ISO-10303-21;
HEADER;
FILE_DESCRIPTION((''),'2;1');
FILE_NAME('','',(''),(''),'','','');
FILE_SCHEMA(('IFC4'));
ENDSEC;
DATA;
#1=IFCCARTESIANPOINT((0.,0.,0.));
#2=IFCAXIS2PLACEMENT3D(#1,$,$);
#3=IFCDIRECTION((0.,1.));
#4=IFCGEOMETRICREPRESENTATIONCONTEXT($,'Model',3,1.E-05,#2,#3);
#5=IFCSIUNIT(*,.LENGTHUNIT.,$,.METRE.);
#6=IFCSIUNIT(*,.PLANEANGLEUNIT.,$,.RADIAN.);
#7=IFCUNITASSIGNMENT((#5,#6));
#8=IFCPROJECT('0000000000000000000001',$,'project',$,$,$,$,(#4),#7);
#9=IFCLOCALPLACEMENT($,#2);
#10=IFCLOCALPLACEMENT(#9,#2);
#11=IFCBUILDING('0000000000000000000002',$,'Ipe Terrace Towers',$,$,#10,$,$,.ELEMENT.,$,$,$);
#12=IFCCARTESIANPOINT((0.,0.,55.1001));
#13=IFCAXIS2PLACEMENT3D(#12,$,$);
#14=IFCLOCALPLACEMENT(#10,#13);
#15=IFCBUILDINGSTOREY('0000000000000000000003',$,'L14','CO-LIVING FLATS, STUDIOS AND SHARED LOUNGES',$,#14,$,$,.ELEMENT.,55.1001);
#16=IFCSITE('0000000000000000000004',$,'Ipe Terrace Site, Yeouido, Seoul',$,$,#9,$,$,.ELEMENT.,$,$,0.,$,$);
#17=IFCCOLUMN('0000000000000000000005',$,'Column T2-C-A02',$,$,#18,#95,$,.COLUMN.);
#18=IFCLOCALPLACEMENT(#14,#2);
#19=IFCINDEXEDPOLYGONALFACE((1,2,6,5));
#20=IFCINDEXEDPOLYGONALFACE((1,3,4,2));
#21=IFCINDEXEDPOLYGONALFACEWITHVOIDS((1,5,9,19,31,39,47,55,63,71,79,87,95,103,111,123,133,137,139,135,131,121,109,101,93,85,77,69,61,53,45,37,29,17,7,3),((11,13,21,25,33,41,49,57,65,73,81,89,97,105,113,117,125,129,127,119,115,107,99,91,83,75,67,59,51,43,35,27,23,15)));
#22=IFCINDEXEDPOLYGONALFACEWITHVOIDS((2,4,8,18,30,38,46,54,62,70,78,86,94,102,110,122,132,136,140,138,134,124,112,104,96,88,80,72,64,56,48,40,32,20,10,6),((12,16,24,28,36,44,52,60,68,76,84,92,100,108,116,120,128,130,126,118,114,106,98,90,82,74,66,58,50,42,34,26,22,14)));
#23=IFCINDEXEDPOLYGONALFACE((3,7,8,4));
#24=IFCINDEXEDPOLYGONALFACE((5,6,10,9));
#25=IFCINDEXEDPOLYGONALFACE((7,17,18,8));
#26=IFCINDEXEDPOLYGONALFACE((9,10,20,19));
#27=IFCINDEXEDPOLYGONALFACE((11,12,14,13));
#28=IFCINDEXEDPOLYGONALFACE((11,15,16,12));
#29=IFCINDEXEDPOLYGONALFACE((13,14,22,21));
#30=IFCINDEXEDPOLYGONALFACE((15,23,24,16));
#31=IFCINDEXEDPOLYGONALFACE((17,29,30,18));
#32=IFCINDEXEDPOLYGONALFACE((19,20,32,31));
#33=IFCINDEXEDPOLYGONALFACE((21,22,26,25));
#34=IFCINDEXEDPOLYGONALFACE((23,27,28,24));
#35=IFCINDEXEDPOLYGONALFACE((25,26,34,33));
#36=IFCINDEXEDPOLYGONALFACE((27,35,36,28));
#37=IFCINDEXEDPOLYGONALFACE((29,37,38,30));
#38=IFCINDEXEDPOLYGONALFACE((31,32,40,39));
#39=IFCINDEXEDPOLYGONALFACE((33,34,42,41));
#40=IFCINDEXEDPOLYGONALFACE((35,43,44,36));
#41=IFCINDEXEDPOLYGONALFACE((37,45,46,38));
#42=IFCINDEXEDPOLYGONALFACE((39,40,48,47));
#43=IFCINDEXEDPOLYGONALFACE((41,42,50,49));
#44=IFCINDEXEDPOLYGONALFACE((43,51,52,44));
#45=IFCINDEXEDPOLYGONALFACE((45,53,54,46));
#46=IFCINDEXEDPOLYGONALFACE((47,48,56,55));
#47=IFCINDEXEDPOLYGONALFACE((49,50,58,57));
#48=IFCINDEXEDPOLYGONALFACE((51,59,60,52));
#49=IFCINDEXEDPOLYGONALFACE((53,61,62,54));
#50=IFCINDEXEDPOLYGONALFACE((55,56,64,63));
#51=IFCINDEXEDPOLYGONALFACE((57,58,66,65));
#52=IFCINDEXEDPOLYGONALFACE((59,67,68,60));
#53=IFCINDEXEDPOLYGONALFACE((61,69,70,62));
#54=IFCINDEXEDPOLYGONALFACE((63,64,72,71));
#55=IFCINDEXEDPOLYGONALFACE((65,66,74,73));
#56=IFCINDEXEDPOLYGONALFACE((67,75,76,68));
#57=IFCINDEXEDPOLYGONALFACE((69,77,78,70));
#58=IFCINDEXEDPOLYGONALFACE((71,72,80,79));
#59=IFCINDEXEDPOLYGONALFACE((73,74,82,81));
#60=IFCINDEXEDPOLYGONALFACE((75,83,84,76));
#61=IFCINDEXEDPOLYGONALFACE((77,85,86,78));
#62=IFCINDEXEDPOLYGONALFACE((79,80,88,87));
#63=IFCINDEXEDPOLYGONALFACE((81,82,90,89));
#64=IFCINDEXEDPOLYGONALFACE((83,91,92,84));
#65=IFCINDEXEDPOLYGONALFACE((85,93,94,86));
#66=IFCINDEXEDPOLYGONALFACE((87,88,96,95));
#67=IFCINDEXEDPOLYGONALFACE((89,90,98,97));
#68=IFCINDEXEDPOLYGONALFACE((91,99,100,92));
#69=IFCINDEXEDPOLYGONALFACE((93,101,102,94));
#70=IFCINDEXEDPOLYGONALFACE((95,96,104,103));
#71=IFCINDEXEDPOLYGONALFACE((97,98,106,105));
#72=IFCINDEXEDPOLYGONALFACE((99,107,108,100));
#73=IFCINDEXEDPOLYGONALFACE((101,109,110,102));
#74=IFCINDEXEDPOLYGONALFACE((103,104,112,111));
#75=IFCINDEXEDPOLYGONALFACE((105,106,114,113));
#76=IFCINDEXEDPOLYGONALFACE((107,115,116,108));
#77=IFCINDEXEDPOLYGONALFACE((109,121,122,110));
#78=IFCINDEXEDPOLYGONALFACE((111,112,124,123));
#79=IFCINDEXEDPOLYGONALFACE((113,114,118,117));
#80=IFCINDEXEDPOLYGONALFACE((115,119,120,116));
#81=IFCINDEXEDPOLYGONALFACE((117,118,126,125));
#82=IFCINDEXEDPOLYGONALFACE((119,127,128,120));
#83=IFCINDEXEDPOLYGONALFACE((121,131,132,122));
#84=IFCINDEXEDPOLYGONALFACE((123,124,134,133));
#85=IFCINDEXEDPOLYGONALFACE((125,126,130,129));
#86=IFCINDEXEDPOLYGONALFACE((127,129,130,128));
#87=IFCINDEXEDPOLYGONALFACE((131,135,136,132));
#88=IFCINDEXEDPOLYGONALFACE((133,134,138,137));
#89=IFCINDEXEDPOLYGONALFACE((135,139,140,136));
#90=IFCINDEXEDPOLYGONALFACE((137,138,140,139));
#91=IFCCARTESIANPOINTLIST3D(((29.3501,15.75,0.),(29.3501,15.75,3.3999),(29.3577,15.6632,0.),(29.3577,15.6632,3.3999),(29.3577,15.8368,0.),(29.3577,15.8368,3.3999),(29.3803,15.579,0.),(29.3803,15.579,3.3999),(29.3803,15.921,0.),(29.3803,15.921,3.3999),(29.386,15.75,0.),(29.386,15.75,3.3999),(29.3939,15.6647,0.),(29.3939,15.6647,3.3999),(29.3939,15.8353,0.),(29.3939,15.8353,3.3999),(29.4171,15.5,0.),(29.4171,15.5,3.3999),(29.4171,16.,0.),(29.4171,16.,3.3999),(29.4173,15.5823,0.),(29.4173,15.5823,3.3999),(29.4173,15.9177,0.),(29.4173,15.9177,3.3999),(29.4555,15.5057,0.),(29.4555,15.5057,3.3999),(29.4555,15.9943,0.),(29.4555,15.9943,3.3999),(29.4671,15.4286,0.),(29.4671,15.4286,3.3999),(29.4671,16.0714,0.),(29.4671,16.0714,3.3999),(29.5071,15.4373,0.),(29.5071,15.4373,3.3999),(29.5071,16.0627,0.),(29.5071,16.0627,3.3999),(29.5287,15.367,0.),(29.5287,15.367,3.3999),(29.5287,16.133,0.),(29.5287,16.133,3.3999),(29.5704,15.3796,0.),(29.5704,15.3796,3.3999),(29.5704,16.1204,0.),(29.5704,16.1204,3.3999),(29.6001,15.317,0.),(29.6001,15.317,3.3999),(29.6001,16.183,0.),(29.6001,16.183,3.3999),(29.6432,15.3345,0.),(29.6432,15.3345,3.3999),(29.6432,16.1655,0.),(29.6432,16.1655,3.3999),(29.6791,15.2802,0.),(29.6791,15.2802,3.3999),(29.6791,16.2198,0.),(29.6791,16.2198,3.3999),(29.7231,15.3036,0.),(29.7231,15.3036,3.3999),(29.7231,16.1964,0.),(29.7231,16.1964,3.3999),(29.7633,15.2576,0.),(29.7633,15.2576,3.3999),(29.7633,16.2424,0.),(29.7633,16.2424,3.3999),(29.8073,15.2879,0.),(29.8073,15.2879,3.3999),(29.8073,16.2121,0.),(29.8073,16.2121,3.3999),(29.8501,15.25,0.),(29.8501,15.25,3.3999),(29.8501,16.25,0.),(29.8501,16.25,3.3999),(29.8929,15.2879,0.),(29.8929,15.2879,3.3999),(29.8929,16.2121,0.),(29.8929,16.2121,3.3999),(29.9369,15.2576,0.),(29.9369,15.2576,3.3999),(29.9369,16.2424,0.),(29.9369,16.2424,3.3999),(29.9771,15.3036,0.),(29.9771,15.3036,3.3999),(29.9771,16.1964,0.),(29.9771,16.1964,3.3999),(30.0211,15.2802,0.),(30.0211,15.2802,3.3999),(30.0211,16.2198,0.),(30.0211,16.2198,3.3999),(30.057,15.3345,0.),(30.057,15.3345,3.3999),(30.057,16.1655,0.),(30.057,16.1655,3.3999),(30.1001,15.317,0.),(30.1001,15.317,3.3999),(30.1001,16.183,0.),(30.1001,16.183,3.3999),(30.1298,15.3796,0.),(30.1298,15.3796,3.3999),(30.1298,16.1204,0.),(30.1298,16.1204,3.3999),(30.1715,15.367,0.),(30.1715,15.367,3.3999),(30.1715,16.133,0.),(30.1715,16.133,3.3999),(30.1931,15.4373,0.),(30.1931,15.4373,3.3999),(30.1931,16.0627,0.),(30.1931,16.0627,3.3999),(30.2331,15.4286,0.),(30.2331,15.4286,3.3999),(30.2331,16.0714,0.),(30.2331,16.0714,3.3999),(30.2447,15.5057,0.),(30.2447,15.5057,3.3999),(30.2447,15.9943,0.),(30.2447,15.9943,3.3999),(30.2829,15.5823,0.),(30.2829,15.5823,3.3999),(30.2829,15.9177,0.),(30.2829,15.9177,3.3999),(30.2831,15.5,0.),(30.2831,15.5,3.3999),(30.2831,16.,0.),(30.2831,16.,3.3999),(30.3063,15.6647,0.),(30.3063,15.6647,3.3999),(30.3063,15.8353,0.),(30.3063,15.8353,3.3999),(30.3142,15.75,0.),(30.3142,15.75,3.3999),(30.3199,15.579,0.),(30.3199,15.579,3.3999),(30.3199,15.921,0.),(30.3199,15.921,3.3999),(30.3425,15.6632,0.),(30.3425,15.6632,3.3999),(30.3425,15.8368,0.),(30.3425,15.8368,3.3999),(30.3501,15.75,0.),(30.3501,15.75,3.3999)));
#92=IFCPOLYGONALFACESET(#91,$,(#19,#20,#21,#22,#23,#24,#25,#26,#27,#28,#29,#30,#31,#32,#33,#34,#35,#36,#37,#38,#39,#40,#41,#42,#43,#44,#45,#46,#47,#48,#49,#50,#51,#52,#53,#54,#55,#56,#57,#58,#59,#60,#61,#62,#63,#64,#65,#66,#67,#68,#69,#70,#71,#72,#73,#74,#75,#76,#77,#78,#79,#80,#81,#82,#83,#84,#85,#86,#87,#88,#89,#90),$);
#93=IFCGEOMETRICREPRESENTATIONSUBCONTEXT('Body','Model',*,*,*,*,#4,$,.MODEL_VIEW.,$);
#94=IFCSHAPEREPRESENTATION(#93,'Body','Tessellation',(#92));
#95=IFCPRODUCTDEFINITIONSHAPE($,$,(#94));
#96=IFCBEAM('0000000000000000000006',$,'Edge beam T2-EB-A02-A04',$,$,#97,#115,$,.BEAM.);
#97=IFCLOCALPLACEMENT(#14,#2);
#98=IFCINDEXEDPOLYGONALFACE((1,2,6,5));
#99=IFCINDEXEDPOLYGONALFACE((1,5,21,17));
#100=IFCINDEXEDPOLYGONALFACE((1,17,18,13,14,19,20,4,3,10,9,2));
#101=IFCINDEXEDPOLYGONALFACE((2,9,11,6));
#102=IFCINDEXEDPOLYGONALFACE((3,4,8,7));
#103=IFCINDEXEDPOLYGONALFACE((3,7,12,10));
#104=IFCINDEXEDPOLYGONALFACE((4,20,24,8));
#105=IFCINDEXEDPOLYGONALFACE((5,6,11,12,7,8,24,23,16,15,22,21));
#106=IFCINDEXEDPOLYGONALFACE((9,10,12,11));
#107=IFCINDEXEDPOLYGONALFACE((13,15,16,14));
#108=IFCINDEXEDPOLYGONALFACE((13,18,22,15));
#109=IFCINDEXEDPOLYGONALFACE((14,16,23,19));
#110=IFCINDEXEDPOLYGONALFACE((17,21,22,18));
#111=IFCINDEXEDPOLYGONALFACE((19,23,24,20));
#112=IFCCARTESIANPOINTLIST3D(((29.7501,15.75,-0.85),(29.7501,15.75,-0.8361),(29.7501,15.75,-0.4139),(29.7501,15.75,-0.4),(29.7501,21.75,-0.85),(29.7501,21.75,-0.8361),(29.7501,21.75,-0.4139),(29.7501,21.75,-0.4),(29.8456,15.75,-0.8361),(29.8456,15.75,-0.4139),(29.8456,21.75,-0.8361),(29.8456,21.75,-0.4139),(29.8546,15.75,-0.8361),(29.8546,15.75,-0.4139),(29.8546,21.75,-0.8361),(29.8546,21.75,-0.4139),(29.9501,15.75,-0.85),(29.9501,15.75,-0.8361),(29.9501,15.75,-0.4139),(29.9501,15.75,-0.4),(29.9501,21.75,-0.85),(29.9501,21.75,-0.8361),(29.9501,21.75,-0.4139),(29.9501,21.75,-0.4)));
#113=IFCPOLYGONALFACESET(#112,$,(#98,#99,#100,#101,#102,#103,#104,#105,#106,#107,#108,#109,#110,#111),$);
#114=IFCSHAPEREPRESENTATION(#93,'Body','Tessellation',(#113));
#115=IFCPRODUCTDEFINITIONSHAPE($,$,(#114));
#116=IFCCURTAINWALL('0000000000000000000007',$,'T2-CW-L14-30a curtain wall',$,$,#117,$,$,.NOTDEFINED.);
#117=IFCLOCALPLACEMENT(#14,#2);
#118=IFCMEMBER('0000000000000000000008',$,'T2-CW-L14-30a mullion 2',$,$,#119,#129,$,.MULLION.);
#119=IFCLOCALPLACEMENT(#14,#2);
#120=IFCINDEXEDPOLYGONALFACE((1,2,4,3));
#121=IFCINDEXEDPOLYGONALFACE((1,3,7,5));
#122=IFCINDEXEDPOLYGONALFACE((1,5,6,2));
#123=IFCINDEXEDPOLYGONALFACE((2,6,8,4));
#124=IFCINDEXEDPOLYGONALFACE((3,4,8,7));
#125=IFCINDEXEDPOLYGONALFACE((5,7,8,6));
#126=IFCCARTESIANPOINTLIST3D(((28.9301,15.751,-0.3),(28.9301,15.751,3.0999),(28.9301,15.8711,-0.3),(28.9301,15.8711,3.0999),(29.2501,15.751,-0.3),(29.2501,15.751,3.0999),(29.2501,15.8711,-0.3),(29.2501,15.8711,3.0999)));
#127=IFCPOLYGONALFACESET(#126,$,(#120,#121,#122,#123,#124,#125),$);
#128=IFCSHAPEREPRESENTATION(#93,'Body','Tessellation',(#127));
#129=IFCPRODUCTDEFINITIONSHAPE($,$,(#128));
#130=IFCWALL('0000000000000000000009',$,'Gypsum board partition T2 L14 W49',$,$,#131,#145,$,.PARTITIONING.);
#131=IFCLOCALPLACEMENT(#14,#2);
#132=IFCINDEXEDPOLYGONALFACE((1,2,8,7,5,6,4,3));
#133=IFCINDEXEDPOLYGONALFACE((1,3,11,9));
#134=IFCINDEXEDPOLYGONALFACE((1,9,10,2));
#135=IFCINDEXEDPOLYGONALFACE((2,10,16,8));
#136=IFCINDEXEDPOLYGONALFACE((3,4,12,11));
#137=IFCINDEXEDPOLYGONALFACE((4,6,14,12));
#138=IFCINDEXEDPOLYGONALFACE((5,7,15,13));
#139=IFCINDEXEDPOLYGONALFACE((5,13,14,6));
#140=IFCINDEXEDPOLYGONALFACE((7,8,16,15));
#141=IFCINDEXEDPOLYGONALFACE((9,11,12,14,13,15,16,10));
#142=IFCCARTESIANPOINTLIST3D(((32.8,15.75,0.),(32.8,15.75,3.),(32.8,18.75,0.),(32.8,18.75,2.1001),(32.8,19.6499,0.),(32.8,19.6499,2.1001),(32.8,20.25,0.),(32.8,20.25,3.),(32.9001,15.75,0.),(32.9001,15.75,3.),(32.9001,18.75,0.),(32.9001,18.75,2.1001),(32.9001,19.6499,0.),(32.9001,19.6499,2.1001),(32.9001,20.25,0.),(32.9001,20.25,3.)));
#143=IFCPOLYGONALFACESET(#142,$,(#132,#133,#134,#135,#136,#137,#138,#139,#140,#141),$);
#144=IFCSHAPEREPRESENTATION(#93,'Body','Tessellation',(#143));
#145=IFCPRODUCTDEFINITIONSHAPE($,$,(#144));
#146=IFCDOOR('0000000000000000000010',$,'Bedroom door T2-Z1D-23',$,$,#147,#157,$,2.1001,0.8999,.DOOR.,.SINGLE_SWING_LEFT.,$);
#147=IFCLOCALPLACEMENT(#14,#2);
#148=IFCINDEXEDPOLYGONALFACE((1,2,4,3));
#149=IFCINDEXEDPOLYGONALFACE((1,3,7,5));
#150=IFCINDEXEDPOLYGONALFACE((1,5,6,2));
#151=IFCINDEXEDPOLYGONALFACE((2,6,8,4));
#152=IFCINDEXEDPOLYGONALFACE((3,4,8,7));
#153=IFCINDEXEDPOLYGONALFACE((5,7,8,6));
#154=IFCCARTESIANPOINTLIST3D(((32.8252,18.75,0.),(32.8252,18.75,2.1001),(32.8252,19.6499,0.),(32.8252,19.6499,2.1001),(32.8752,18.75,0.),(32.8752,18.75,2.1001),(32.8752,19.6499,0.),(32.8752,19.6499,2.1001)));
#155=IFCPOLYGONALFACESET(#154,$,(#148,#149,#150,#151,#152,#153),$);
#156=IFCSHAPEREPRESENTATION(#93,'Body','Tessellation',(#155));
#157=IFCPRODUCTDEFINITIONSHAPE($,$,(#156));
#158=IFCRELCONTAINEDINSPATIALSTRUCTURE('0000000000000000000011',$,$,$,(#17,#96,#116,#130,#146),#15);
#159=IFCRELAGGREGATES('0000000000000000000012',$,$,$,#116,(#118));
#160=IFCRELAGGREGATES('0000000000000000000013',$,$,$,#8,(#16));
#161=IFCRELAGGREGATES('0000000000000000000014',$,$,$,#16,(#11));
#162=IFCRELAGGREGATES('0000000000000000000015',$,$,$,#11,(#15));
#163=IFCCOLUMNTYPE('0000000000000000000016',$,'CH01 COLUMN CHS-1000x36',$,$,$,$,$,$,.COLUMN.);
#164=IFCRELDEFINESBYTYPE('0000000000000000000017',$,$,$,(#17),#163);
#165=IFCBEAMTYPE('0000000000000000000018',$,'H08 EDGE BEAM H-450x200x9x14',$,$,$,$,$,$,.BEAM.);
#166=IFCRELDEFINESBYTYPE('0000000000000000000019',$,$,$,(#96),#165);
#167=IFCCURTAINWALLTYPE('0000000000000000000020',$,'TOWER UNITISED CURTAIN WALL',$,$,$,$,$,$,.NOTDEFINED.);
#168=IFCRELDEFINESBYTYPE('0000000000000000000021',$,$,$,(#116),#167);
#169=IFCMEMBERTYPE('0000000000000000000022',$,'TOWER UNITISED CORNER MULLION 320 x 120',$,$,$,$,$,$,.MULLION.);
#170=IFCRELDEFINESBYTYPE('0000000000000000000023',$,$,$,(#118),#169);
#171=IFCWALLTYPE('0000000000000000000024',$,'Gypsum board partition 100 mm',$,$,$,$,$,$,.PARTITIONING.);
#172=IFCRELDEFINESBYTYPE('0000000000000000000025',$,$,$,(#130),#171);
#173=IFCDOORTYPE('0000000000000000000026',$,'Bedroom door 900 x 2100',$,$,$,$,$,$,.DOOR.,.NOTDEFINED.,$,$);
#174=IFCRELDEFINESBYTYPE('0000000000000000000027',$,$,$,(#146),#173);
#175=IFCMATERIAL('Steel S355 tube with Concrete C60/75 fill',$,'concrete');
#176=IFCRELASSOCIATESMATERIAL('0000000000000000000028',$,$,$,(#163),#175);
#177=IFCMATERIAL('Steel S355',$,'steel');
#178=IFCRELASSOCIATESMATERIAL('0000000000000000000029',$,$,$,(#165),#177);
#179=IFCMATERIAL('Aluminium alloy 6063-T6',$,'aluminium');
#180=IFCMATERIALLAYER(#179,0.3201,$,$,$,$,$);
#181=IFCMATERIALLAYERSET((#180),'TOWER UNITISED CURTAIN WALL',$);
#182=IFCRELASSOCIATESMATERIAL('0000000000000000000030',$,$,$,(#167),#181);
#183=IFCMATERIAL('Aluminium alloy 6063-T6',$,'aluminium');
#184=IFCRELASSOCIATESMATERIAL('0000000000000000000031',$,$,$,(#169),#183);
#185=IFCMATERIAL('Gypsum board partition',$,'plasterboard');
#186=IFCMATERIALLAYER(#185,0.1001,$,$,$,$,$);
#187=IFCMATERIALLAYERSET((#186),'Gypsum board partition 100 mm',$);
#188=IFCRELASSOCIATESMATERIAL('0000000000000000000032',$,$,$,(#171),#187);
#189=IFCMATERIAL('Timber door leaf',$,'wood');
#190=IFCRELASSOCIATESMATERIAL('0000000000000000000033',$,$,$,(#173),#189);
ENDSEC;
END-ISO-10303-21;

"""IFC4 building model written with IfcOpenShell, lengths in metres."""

from ifc_helpers import new_model, si_unit, direction, frame, frame_2d, origin, origin_2d, place, context, subcontext, project, spatial, rectangle, hollow_circle, i_section, extrude, material, layer, layer_set, material_profile, profile_set, type_object, element, fill, aggregate, save


model = new_model("IFC4")

# Units and contexts
model_context = context("Model", 3, precision=1e-05, world=origin(), true_north=direction((0.0, 1.0)))
body_context = subcontext(model_context, "Body", "Model", "MODEL_VIEW")
ifc_project = project(units=[si_unit("LENGTHUNIT", "METRE"), si_unit("PLANEANGLEUNIT", "RADIAN")], contexts=[model_context])

# Site, building, storey
site_placement = place(None, origin())
site = spatial("IfcSite", under=ifc_project, at=site_placement, Name="Ipe Terrace Site, Yeouido, Seoul", CompositionType="ELEMENT", RefElevation=0.0)
building_placement = place(site_placement, origin())
building = spatial("IfcBuilding", under=site, at=building_placement, Name="Ipe Terrace Towers", CompositionType="ELEMENT")
storey_placement = place(building_placement, frame((0.0, 0.0, 55.1001)))
storey = spatial("IfcBuildingStorey", under=building, at=storey_placement, Name="L14", Description="CO-LIVING FLATS, STUDIOS AND SHARED LOUNGES", CompositionType="ELEMENT", Elevation=55.1001)

# Column
ifc_material_1 = material(Name="Steel S355 tube with Concrete C60/75 fill", Category="concrete")
ifc_material_profile_1 = material_profile(ifc_material_1, hollow_circle(Radius=0.5, WallThickness=0.0359, at=origin_2d()), Name="CHS-1000x36")
ifc_profile_set_1 = profile_set([ifc_material_profile_1], Name="Steel S355 tube with Concrete C60/75 fill")
column_type = type_object("IfcColumnType", Name="CH01 COLUMN CHS-1000x36", PredefinedType="COLUMN", material=ifc_profile_set_1)
column_placement = place(storey_placement, frame((29.8501, 15.75, 0.0), z_axis=(0.0, 0.0, 1.0), x_axis=(1.0, 0.0, 0.0)))
element("IfcColumn", 1, at=column_placement, inside=storey, type_object=column_type, Name="Column T2-C-A02", PredefinedType="COLUMN", context=body_context, shape_type="SweptSolid", body=[
    extrude(hollow_circle(Radius=0.5, WallThickness=0.0359, at=origin_2d()), origin(), (0.0, 0.0, 1.0), 3.3999),
])

# Beam
ifc_material_2 = material(Name="Steel S355", Category="steel")
ifc_material_profile_2 = material_profile(ifc_material_2, i_section(OverallWidth=0.2, OverallDepth=0.45, WebThickness=0.009, FlangeThickness=0.0139, at=origin_2d()), Name="H-450x200x9x14")
ifc_profile_set_2 = profile_set([ifc_material_profile_2], Name="Steel S355")
beam_type = type_object("IfcBeamType", Name="H08 EDGE BEAM H-450x200x9x14", PredefinedType="BEAM", material=ifc_profile_set_2)
beam_placement = place(storey_placement, frame((29.8501, 15.75, -0.625), z_axis=(0.0, 1.0, 0.0), x_axis=(-1.0, 0.0, 0.0)))
element("IfcBeam", 2, at=beam_placement, inside=storey, type_object=beam_type, Name="Edge beam T2-EB-A02-A04", PredefinedType="BEAM", context=body_context, shape_type="SweptSolid", body=[
    extrude(i_section(OverallWidth=0.2, OverallDepth=0.45, WebThickness=0.009, FlangeThickness=0.0139, at=origin_2d()), origin(), (0.0, 0.0, 1.0), 6.0),
])

# Curtain wall, member
ifc_material_3 = material(Name="Aluminium alloy 6063-T6", Category="aluminium")
ifc_layer_1 = layer(ifc_material_3, 0.3201)
ifc_layer_set_1 = layer_set([ifc_layer_1], Name="TOWER UNITISED CURTAIN WALL")
curtain_wall_type = type_object("IfcCurtainWallType", Name="TOWER UNITISED CURTAIN WALL", PredefinedType="NOTDEFINED", material=ifc_layer_set_1)
curtain_wall_placement = place(storey_placement, origin())
curtain_wall = element("IfcCurtainWall", 3, at=curtain_wall_placement, inside=storey, type_object=curtain_wall_type, Name="T2-CW-L14-30a curtain wall", PredefinedType="NOTDEFINED")
ifc_material_4 = material(Name="Aluminium alloy 6063-T6", Category="aluminium")
ifc_material_profile_3 = material_profile(ifc_material_4, rectangle(XDim=0.3201, YDim=0.1201, at=origin_2d()), Name="TOWER UNITISED CORNER MULLION 320 x 120")
ifc_profile_set_3 = profile_set([ifc_material_profile_3], Name="Aluminium alloy 6063-T6")
member_type = type_object("IfcMemberType", Name="TOWER UNITISED CORNER MULLION 320 x 120", PredefinedType="MULLION", material=ifc_profile_set_3)
member_placement = place(storey_placement, frame((29.0901, 15.811, -0.3), z_axis=(0.0, 0.0, 1.0), x_axis=(-1.0, 0.0, 0.0)))
member = element("IfcMember", 4, at=member_placement, type_object=member_type, Name="T2-CW-L14-30a mullion 2", PredefinedType="MULLION", context=body_context, shape_type="SweptSolid", body=[
    extrude(rectangle(XDim=0.3201, YDim=0.1201, at=origin_2d()), origin(), (0.0, 0.0, 1.0), 3.3999),
])
aggregate(curtain_wall, [member])

# Wall, opening, door
ifc_material_5 = material(Name="Gypsum board partition", Category="plasterboard")
ifc_layer_2 = layer(ifc_material_5, 0.1001)
ifc_layer_set_2 = layer_set([ifc_layer_2], Name="Gypsum board partition 100 mm")
wall_type_1 = type_object("IfcWallType", Name="Gypsum board partition 100 mm", PredefinedType="PARTITIONING", material=ifc_layer_set_2)
wall_1_placement = place(storey_placement, frame((32.8501, 15.75, 0.0), z_axis=(0.0, 0.0, 1.0), x_axis=(0.0, 1.0, 0.0)))
wall_1 = element("IfcWall", 5, at=wall_1_placement, inside=storey, type_object=wall_type_1, Name="Gypsum board partition T2 L14 W49", PredefinedType="PARTITIONING", context=body_context, shape_type="SweptSolid", body=[
    extrude(rectangle(XDim=4.5, YDim=0.1001, at=frame_2d((2.25, 0.0))), origin(), (0.0, 0.0, 1.0), 3.0),
])
opening_1_placement = place(wall_1_placement, frame((3.0, 0.0, 0.0)))
opening_1 = element("IfcOpeningElement", 6, at=opening_1_placement, cuts=wall_1, PredefinedType="OPENING", context=body_context, shape_type="SweptSolid", body=[
    extrude(rectangle(XDim=0.8999, YDim=2.1001, at=frame_2d((0.45, 1.05))), frame((0.0, 0.0601, 0.0), z_axis=(0.0, -1.0, 0.0), x_axis=(1.0, 0.0, 0.0)), (0.0, 0.0, 1.0), 0.1201),
])
ifc_material_6 = material(Name="Timber door leaf", Category="wood")
door_type_1 = type_object("IfcDoorType", Name="Bedroom door 900 x 2100", OperationType="NOTDEFINED", PredefinedType="DOOR", material=ifc_material_6)
door_1_placement = place(opening_1_placement, origin())
door_1 = element("IfcDoor", 7, at=door_1_placement, inside=storey, type_object=door_type_1, Name="Bedroom door T2-Z1D-23", OperationType="SINGLE_SWING_LEFT", OverallHeight=2.1001, OverallWidth=0.8999, PredefinedType="DOOR", context=body_context, shape_type="SweptSolid", body=[
    extrude(rectangle(XDim=0.8999, YDim=2.1001, at=frame_2d((0.45, 1.05))), frame((0.0, 0.0249, 0.0), z_axis=(0.0, -1.0, 0.0), x_axis=(1.0, 0.0, 0.0)), (0.0, 0.0, 1.0), 0.05),
])
fill(opening_1, door_1)

save(model, "model.ifc")
